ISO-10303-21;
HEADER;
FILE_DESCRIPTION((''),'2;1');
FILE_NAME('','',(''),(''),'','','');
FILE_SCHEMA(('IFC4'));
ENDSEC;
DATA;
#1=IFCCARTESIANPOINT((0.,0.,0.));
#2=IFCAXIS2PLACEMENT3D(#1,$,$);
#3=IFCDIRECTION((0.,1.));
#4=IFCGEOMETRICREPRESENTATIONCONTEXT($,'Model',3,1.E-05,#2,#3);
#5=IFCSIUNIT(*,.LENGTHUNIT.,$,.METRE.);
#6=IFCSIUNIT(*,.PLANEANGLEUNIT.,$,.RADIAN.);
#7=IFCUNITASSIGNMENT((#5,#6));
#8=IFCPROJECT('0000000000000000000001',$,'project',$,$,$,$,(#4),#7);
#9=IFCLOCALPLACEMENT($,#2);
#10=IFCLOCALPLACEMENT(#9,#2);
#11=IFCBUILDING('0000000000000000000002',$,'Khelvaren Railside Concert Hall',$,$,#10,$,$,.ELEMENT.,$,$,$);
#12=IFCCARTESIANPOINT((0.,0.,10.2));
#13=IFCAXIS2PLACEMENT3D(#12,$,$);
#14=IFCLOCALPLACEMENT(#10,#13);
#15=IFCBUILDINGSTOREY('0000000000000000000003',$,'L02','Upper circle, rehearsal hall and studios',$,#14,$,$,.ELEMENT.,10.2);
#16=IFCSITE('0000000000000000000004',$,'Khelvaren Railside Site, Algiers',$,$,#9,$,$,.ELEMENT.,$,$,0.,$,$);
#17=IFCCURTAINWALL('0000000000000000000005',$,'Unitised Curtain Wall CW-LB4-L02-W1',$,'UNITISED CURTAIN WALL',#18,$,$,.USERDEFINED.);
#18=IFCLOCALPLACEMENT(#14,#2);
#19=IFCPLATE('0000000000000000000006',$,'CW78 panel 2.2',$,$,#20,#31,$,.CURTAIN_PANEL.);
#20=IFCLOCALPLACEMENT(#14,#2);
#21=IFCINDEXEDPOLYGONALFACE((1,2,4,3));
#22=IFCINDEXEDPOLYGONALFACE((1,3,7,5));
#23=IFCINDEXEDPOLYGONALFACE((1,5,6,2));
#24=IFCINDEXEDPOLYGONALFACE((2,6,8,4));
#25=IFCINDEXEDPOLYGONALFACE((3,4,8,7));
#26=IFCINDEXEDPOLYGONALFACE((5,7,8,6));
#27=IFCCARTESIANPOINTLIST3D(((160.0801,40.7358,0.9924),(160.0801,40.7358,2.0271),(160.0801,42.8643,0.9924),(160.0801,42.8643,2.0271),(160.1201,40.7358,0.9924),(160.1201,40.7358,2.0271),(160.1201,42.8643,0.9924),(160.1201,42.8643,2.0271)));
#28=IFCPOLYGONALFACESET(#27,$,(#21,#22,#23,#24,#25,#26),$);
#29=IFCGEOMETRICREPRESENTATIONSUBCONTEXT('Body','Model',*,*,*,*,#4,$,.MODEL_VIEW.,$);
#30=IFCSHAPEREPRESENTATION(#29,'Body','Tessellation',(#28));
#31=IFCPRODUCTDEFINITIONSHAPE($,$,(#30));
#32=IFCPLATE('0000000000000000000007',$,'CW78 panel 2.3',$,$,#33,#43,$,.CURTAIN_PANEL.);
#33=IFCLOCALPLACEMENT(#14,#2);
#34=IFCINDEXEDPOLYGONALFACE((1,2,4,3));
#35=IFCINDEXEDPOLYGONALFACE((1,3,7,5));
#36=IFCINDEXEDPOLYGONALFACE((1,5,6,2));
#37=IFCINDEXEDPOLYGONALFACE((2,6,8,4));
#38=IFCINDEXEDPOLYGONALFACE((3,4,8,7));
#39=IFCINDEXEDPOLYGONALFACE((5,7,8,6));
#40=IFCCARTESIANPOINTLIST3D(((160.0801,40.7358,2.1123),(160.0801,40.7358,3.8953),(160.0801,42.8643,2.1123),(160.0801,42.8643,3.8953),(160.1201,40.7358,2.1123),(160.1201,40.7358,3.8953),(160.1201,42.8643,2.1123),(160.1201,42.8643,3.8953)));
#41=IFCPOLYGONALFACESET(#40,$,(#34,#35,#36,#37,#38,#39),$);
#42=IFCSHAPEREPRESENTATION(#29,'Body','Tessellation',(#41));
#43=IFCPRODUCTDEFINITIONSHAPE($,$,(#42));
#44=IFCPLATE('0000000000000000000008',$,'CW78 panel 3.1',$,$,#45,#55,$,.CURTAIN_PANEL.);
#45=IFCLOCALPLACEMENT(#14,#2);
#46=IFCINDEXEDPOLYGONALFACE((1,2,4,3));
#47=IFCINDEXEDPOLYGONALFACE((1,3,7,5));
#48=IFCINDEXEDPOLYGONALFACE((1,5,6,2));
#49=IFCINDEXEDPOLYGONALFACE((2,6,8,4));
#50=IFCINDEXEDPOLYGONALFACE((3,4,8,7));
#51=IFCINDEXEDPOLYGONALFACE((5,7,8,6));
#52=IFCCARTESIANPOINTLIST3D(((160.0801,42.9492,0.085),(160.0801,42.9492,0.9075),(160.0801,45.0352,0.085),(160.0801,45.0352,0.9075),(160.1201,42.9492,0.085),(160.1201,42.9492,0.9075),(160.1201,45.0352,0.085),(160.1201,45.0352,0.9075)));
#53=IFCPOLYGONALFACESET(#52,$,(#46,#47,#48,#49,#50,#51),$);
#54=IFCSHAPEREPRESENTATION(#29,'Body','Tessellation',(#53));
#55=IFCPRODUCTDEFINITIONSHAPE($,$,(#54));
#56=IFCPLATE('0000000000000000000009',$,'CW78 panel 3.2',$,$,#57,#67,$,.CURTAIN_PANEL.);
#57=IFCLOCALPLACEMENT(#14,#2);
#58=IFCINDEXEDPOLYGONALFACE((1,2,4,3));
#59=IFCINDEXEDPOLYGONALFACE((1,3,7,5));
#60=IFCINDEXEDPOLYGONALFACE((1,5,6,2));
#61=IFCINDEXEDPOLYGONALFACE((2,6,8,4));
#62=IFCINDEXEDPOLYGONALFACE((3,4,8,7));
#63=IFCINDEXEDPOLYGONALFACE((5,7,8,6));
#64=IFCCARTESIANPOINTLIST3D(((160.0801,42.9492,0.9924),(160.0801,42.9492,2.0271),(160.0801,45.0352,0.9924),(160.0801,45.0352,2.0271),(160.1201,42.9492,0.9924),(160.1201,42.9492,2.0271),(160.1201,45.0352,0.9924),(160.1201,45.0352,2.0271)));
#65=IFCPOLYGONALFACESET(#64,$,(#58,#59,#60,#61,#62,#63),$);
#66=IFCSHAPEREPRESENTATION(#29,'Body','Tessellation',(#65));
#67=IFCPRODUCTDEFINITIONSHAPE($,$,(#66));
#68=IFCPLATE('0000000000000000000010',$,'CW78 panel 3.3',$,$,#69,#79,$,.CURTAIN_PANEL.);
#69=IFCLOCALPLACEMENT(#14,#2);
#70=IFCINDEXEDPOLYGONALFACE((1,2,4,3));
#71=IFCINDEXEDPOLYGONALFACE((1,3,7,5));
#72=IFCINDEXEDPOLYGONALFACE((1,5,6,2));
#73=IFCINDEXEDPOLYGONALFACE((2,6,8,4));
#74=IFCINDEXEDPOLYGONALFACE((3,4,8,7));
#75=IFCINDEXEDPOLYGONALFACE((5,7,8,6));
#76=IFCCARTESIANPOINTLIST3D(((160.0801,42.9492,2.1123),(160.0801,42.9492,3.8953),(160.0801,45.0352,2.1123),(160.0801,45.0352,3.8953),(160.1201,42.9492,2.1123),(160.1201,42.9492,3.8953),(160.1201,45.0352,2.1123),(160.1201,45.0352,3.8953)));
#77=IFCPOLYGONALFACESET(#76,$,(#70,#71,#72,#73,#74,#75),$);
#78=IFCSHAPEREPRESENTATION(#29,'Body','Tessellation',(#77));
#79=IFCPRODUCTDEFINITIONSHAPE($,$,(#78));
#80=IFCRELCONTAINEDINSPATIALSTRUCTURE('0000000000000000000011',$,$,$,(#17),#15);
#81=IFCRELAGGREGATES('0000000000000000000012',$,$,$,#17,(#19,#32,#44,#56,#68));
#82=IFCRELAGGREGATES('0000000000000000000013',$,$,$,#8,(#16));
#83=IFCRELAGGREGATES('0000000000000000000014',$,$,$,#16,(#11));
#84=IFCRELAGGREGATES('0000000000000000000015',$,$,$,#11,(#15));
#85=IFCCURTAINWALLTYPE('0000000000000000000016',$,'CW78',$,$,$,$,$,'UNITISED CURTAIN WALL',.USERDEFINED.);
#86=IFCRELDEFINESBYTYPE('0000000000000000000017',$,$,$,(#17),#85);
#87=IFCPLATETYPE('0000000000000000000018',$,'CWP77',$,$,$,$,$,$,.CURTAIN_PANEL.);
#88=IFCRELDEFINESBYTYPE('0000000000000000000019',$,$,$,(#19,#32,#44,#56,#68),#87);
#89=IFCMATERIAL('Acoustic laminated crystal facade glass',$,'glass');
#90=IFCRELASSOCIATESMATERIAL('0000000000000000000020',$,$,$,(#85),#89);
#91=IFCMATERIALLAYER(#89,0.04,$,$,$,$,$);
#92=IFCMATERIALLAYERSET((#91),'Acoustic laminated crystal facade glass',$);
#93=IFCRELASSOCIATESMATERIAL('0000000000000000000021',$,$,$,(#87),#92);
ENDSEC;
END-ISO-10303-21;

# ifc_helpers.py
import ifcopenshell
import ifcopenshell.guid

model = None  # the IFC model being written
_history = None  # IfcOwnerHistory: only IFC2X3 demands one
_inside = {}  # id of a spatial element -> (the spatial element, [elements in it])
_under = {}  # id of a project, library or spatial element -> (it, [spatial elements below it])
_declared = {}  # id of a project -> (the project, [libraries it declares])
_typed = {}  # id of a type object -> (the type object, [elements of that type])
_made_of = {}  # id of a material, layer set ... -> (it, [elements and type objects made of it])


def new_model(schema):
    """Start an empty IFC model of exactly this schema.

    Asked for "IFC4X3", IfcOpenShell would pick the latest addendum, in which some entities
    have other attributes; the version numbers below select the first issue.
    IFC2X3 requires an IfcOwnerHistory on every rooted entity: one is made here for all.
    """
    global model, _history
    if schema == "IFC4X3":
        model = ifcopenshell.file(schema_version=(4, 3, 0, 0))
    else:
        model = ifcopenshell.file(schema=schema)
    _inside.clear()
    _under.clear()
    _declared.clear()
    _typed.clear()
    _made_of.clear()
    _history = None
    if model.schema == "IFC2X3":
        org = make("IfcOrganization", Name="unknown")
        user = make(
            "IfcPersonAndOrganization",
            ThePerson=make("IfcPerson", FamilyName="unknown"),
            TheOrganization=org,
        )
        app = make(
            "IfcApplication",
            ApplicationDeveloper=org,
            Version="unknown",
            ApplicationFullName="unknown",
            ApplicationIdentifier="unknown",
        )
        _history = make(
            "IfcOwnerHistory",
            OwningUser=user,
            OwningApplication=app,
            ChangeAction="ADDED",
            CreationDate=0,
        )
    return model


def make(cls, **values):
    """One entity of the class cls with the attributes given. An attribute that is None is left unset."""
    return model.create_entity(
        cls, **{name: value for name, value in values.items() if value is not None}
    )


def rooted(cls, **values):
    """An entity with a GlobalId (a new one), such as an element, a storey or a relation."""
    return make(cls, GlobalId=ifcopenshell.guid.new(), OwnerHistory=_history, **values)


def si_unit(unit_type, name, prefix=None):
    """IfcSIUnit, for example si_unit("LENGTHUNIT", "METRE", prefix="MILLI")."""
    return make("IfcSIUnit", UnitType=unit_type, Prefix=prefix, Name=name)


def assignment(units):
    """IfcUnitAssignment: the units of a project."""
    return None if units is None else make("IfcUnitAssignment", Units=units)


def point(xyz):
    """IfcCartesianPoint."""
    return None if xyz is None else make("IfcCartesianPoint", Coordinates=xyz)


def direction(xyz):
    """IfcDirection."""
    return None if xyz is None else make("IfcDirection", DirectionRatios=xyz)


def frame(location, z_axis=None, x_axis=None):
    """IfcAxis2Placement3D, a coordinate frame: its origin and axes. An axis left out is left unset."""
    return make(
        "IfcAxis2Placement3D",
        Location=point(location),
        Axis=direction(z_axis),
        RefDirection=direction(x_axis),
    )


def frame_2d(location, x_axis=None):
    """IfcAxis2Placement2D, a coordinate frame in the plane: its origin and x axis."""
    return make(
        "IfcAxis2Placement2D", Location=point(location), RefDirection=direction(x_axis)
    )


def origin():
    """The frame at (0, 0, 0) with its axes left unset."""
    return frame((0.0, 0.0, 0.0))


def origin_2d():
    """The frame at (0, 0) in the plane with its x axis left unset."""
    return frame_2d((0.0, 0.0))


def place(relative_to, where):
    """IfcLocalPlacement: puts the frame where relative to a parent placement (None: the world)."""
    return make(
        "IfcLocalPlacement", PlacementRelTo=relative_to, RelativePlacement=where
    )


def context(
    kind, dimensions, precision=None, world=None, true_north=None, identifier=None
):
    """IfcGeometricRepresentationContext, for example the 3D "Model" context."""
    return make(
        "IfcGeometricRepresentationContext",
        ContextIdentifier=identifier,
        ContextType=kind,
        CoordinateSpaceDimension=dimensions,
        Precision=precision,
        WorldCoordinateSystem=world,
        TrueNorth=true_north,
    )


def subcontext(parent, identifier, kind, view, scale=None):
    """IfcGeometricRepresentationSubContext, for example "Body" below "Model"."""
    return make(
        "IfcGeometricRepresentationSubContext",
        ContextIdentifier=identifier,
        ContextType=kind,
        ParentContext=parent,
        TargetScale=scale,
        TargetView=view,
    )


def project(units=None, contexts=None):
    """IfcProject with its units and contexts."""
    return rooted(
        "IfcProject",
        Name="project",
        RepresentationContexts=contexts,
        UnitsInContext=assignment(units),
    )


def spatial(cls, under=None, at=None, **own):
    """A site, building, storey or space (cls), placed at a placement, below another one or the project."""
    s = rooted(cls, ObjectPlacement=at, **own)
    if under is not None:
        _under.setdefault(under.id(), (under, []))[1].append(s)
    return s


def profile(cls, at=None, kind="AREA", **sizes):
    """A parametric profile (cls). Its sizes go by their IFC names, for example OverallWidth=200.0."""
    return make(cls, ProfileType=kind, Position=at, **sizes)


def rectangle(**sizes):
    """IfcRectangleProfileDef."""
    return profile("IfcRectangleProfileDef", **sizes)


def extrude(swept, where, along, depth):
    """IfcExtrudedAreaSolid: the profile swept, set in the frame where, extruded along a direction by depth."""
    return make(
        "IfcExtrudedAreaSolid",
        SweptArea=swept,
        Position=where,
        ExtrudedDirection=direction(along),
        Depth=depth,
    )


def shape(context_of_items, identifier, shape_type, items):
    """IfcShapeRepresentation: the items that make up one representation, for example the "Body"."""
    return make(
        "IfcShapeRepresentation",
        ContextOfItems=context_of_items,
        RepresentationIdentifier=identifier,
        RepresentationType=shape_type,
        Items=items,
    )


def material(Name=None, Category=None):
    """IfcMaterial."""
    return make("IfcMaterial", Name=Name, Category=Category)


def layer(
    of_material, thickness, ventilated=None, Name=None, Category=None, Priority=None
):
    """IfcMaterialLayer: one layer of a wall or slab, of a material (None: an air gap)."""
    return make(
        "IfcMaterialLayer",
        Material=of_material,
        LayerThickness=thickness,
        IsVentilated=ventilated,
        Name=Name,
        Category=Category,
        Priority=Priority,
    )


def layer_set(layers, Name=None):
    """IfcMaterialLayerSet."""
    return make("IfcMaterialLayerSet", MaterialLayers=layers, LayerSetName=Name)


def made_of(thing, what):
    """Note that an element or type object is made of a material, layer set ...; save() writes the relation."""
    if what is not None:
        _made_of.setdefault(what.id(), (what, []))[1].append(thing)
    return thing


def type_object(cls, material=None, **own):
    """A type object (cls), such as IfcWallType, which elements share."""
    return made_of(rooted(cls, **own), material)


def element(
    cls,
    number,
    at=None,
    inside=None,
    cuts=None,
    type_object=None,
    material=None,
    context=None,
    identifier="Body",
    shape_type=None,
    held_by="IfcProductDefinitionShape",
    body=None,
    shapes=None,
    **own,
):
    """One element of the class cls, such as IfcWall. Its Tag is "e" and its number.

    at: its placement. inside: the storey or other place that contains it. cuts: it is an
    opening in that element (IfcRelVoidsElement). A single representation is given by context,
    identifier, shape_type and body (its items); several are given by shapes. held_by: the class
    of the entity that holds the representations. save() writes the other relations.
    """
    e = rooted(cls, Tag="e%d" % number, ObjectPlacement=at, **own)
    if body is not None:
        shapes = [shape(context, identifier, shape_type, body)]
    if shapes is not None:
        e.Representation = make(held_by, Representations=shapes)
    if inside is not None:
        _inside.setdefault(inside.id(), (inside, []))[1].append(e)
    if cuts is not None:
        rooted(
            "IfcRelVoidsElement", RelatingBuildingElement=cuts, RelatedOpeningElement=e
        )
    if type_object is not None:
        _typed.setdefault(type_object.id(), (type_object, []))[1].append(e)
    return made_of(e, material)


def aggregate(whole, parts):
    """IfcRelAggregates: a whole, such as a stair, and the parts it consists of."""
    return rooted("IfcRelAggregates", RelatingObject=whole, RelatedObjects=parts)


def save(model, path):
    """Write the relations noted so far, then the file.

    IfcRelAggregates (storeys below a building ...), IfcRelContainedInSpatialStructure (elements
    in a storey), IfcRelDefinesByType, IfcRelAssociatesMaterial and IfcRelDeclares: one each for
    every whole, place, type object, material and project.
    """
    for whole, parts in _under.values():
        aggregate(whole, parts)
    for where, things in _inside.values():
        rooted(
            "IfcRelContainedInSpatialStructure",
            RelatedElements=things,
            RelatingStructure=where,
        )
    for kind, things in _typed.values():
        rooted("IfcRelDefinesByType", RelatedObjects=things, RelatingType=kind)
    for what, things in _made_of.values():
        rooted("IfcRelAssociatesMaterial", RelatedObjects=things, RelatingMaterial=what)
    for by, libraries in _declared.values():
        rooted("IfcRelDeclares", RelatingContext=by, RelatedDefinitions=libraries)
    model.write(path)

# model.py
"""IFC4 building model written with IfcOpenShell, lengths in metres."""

from ifc_helpers import new_model, si_unit, direction, frame, origin, origin_2d, place, context, subcontext, project, spatial, rectangle, extrude, material, layer, layer_set, type_object, element, aggregate, save


model = new_model("IFC4")

# Units and contexts
model_context = context("Model", 3, precision=1e-05, world=origin(), true_north=direction((0.0, 1.0)))
body_context = subcontext(model_context, "Body", "Model", "MODEL_VIEW")
ifc_project = project(units=[si_unit("LENGTHUNIT", "METRE"), si_unit("PLANEANGLEUNIT", "RADIAN")], contexts=[model_context])

# Site, building, storey
site_placement = place(None, origin())
site = spatial("IfcSite", under=ifc_project, at=site_placement, Name="Khelvaren Railside Site, Algiers", CompositionType="ELEMENT", RefElevation=0.0)
building_placement = place(site_placement, origin())
building = spatial("IfcBuilding", under=site, at=building_placement, Name="Khelvaren Railside Concert Hall", CompositionType="ELEMENT")
storey_placement = place(building_placement, frame((0.0, 0.0, 10.2)))
storey = spatial("IfcBuildingStorey", under=building, at=storey_placement, Name="L02", Description="Upper circle, rehearsal hall and studios", CompositionType="ELEMENT", Elevation=10.2)

# Curtain wall, plates
ifc_material_1 = material(Name="Acoustic laminated crystal facade glass", Category="glass")
curtain_wall_type = type_object("IfcCurtainWallType", Name="CW78", ElementType="UNITISED CURTAIN WALL", PredefinedType="USERDEFINED", material=ifc_material_1)
curtain_wall_placement = place(storey_placement, origin())
curtain_wall = element("IfcCurtainWall", 1, at=curtain_wall_placement, inside=storey, type_object=curtain_wall_type, Name="Unitised Curtain Wall CW-LB4-L02-W1", ObjectType="UNITISED CURTAIN WALL", PredefinedType="USERDEFINED")
ifc_layer = layer(ifc_material_1, 0.04)
ifc_layer_set = layer_set([ifc_layer], Name="Acoustic laminated crystal facade glass")
plate_type = type_object("IfcPlateType", Name="CWP77", PredefinedType="CURTAIN_PANEL", material=ifc_layer_set)
plate_1_placement = place(storey_placement, frame((160.1001, 41.8, 0.9924), z_axis=(0.0, 0.0, 1.0), x_axis=(0.0, 1.0, 0.0)))
plate_1 = element("IfcPlate", 2, at=plate_1_placement, type_object=plate_type, Name="CW78 panel 2.2", PredefinedType="CURTAIN_PANEL", context=body_context, shape_type="SweptSolid", body=[
    extrude(rectangle(XDim=2.1284, YDim=0.04, at=origin_2d()), origin(), (0.0, 0.0, 1.0), 1.0347),
])
plate_2_placement = place(storey_placement, frame((160.1001, 41.8, 2.1123), z_axis=(0.0, 0.0, 1.0), x_axis=(0.0, 1.0, 0.0)))
plate_2 = element("IfcPlate", 3, at=plate_2_placement, type_object=plate_type, Name="CW78 panel 2.3", PredefinedType="CURTAIN_PANEL", context=body_context, shape_type="SweptSolid", body=[
    extrude(rectangle(XDim=2.1284, YDim=0.04, at=origin_2d()), origin(), (0.0, 0.0, 1.0), 1.783),
])
plate_3_placement = place(storey_placement, frame((160.1001, 43.9922, 0.085), z_axis=(0.0, 0.0, 1.0), x_axis=(0.0, 1.0, 0.0)))
plate_3 = element("IfcPlate", 4, at=plate_3_placement, type_object=plate_type, Name="CW78 panel 3.1", PredefinedType="CURTAIN_PANEL", context=body_context, shape_type="SweptSolid", body=[
    extrude(rectangle(XDim=2.0859, YDim=0.04, at=origin_2d()), origin(), (0.0, 0.0, 1.0), 0.8225),
])
plate_4_placement = place(storey_placement, frame((160.1001, 43.9922, 0.9924), z_axis=(0.0, 0.0, 1.0), x_axis=(0.0, 1.0, 0.0)))
plate_4 = element("IfcPlate", 5, at=plate_4_placement, type_object=plate_type, Name="CW78 panel 3.2", PredefinedType="CURTAIN_PANEL", context=body_context, shape_type="SweptSolid", body=[
    extrude(rectangle(XDim=2.0859, YDim=0.04, at=origin_2d()), origin(), (0.0, 0.0, 1.0), 1.0347),
])
plate_5_placement = place(storey_placement, frame((160.1001, 43.9922, 2.1123), z_axis=(0.0, 0.0, 1.0), x_axis=(0.0, 1.0, 0.0)))
plate_5 = element("IfcPlate", 6, at=plate_5_placement, type_object=plate_type, Name="CW78 panel 3.3", PredefinedType="CURTAIN_PANEL", context=body_context, shape_type="SweptSolid", body=[
    extrude(rectangle(XDim=2.0859, YDim=0.04, at=origin_2d()), origin(), (0.0, 0.0, 1.0), 1.783),
])
aggregate(curtain_wall, [plate_1, plate_2, plate_3, plate_4, plate_5])

save(model, "model.ifc")
